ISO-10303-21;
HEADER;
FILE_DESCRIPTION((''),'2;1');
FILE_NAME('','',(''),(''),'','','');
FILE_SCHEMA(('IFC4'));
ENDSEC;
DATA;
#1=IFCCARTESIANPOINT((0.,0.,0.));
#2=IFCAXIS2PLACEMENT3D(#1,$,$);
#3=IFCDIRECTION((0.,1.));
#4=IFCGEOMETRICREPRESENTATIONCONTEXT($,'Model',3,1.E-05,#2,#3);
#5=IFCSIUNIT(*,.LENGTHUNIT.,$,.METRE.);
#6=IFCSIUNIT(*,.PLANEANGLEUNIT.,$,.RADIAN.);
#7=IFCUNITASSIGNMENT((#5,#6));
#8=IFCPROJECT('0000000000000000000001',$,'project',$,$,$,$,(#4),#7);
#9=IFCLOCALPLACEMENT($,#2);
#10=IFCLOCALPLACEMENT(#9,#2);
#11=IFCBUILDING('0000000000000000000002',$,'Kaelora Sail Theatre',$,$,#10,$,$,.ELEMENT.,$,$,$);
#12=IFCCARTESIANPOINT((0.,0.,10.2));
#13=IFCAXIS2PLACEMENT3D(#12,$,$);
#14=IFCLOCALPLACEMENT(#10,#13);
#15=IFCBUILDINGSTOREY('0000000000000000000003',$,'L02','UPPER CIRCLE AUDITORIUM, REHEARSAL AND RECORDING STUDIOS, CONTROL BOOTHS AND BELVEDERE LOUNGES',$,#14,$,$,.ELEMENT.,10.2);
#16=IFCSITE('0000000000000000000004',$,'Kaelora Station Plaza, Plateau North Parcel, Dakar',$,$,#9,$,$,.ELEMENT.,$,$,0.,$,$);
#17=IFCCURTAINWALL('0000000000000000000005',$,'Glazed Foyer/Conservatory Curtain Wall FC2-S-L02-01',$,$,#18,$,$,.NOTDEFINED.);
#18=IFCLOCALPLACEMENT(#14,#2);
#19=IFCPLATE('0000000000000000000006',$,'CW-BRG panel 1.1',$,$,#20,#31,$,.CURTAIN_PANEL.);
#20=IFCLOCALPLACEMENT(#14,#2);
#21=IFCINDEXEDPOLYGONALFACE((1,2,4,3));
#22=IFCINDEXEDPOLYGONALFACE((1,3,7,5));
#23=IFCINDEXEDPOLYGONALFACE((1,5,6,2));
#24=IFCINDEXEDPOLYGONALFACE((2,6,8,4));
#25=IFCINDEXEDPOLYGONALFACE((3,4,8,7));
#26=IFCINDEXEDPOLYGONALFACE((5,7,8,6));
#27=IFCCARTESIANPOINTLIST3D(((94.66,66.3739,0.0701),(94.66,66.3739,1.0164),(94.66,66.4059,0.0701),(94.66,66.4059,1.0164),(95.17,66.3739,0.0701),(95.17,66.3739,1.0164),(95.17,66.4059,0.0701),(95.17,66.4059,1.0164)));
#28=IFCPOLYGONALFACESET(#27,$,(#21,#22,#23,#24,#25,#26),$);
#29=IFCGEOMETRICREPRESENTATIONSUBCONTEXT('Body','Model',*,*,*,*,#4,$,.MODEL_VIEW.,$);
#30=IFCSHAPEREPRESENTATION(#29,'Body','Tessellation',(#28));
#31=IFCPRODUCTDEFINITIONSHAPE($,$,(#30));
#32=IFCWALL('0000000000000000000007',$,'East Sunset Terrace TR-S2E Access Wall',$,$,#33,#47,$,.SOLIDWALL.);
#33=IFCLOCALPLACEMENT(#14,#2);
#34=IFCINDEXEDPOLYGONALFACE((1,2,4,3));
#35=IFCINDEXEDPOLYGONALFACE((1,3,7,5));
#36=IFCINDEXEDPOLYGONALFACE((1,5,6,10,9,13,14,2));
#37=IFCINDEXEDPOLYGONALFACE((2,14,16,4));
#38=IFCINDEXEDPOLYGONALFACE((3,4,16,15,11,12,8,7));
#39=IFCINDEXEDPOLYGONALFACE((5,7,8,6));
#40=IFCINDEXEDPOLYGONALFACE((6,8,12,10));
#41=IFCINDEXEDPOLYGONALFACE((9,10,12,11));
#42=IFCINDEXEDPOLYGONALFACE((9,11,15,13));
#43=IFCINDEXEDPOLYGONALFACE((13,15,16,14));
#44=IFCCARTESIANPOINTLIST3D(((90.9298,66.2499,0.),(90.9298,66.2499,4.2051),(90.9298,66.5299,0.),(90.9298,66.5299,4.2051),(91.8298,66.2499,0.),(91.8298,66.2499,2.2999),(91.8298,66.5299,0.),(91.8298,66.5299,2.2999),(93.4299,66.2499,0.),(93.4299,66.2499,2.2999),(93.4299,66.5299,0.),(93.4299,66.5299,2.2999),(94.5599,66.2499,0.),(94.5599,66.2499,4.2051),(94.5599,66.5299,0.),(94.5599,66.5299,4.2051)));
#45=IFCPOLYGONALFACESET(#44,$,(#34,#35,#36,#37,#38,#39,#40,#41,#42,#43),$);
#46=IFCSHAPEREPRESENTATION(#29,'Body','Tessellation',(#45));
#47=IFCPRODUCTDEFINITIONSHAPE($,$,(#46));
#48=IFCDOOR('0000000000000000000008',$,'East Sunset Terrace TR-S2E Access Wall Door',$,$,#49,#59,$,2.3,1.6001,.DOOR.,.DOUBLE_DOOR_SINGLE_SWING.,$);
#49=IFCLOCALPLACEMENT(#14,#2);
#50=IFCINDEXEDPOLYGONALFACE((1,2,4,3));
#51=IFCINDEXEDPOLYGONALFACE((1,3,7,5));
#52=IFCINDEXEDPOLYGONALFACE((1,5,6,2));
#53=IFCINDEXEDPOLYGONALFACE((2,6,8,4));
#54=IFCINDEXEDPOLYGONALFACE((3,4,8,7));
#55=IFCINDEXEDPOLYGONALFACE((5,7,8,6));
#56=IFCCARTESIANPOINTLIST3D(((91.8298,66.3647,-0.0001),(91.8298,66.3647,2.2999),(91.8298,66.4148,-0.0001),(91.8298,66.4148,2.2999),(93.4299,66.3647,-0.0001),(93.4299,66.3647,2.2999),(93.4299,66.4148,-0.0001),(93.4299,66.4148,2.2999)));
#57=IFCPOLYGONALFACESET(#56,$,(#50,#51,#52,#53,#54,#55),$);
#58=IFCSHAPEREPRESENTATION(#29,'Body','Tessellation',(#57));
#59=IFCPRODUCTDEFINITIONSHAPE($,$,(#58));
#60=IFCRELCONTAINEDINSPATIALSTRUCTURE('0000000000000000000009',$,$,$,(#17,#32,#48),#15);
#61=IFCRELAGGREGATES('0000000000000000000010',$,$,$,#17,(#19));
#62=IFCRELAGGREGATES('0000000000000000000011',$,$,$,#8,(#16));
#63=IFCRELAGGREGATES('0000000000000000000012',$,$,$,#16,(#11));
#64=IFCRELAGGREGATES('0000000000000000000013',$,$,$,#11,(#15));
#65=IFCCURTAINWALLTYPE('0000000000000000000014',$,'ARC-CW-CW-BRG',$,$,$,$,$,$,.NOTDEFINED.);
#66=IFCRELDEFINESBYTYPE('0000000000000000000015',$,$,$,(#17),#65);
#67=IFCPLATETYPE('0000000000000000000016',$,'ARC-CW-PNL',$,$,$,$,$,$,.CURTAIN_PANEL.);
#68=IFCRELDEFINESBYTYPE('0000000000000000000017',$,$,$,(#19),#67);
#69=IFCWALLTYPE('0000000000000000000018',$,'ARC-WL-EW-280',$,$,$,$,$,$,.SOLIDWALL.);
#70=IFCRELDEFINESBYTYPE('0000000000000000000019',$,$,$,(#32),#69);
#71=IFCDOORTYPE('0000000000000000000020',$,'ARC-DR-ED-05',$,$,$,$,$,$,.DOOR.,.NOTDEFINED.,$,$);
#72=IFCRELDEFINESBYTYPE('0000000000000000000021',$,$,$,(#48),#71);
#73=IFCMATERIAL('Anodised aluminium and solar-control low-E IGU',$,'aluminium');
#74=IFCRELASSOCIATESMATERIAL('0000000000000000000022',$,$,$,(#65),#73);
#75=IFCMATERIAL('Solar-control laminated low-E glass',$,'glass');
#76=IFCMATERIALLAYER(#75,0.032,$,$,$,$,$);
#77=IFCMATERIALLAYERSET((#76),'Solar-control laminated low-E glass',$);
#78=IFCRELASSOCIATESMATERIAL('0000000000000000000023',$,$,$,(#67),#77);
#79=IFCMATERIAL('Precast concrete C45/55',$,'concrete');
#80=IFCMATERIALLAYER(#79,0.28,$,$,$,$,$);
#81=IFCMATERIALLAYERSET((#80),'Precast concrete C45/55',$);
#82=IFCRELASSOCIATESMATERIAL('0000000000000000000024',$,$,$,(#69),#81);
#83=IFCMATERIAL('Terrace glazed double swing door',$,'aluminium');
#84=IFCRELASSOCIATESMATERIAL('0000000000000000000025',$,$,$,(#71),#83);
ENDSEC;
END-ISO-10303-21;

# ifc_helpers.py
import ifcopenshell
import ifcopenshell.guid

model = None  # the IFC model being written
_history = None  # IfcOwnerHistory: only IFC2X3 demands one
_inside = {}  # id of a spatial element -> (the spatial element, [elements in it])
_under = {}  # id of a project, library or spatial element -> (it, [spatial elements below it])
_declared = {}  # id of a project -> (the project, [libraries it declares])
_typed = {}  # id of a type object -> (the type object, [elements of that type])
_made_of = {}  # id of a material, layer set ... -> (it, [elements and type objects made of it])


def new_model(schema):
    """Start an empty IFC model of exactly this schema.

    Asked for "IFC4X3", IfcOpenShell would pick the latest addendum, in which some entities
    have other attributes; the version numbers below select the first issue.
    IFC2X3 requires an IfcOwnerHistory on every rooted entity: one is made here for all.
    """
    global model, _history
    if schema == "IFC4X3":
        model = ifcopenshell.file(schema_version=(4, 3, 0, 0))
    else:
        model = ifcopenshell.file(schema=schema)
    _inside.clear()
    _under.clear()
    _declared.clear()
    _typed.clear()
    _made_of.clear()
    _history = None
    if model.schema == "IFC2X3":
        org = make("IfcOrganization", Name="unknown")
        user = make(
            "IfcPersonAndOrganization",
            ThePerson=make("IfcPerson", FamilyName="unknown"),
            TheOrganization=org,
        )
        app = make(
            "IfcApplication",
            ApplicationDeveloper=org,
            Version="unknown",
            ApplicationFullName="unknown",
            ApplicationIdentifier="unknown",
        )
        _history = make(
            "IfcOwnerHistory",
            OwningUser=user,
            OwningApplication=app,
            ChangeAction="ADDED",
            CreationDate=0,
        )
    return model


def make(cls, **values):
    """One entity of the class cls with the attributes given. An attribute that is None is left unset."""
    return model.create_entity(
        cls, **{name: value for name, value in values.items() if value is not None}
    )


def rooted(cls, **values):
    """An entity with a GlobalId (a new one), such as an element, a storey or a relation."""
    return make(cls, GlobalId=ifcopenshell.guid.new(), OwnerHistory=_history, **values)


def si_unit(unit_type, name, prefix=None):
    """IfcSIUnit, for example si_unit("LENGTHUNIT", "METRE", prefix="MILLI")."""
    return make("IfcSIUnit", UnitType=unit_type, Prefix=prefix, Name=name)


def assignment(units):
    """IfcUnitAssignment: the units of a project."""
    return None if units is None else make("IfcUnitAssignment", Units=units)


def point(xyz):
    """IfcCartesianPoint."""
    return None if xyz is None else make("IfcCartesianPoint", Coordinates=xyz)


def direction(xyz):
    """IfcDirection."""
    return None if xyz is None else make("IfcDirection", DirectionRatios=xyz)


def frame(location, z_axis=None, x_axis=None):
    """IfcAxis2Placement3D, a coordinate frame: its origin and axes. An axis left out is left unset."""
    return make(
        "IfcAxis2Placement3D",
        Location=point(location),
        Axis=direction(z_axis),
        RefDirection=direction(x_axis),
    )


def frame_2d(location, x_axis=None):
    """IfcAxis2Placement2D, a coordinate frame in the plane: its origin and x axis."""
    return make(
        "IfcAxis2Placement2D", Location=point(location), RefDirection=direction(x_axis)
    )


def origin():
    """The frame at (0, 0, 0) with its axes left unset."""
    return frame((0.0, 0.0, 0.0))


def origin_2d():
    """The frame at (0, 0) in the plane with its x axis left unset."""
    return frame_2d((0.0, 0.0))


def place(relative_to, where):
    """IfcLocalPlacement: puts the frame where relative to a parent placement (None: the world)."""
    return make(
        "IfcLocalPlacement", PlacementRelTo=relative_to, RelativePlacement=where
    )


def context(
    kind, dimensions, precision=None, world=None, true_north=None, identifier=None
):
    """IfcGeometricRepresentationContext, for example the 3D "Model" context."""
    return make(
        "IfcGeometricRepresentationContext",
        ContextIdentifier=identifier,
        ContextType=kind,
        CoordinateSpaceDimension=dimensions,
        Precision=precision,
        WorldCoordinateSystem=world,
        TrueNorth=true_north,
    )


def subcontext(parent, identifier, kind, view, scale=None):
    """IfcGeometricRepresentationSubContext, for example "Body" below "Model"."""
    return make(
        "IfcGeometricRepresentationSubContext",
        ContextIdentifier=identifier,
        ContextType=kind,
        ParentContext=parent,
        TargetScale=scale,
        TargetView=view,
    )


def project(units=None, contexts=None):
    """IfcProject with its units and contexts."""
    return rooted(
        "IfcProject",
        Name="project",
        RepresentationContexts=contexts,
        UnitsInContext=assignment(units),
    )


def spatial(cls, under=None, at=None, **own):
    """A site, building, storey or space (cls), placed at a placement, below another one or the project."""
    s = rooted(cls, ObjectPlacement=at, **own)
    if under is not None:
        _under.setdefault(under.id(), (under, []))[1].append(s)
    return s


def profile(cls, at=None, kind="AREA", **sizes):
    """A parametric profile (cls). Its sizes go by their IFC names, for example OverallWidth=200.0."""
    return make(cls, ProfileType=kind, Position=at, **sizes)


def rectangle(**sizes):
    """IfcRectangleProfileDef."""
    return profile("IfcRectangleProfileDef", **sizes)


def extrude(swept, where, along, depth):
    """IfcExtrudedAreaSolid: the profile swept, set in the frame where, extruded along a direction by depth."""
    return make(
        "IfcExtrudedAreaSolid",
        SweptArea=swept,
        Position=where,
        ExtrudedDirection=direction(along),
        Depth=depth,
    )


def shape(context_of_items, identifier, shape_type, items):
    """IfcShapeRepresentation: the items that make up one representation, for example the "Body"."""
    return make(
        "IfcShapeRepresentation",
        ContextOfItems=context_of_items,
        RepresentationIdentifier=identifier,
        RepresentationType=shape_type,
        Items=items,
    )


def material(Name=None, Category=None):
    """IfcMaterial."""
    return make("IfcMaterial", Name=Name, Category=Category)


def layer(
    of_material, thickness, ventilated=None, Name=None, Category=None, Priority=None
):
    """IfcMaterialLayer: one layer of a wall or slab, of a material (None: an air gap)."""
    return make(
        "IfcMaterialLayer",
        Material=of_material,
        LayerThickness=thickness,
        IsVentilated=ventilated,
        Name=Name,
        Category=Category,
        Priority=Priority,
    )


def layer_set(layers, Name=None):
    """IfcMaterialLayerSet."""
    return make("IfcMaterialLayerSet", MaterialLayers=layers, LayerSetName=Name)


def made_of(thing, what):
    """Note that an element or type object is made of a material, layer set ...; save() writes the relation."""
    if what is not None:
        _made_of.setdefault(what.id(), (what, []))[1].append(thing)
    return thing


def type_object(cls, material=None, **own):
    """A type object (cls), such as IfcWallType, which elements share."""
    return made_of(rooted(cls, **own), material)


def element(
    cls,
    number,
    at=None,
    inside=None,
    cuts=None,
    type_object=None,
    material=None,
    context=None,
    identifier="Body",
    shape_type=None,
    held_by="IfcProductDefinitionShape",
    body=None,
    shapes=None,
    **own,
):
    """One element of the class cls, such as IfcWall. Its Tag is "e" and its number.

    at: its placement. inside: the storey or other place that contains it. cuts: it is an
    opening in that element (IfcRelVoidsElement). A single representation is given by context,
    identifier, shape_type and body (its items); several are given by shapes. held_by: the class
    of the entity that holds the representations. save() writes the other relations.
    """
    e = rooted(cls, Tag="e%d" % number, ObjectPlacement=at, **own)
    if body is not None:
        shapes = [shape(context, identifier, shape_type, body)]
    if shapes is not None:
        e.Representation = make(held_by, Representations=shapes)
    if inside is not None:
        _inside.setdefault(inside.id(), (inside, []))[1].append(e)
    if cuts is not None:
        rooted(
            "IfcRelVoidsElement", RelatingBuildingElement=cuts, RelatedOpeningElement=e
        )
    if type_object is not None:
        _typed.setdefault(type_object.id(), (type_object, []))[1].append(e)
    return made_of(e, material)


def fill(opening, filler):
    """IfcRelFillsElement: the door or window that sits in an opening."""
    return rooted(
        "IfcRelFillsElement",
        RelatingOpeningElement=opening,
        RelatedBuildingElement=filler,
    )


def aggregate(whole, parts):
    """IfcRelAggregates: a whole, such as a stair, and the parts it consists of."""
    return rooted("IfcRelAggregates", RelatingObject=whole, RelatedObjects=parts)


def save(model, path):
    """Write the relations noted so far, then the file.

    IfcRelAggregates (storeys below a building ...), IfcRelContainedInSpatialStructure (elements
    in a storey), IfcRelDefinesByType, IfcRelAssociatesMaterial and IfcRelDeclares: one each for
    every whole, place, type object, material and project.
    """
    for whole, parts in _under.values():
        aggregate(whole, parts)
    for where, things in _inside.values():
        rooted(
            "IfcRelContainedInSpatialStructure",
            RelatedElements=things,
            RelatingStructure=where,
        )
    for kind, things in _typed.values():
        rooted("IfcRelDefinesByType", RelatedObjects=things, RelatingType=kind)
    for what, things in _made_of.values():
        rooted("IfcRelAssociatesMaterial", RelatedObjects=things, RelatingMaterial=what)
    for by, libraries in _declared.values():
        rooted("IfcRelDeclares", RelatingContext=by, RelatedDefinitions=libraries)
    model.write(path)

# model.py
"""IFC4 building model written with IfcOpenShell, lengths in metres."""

from ifc_helpers import new_model, si_unit, direction, frame, frame_2d, origin, origin_2d, place, context, subcontext, project, spatial, rectangle, extrude, material, layer, layer_set, type_object, element, fill, aggregate, save


model = new_model("IFC4")

# Units and contexts
model_context = context("Model", 3, precision=1e-05, world=origin(), true_north=direction((0.0, 1.0)))
body_context = subcontext(model_context, "Body", "Model", "MODEL_VIEW")
ifc_project = project(units=[si_unit("LENGTHUNIT", "METRE"), si_unit("PLANEANGLEUNIT", "RADIAN")], contexts=[model_context])

# Site, building, storey
site_placement = place(None, origin())
site = spatial("IfcSite", under=ifc_project, at=site_placement, Name="Kaelora Station Plaza, Plateau North Parcel, Dakar", CompositionType="ELEMENT", RefElevation=0.0)
building_placement = place(site_placement, origin())
building = spatial("IfcBuilding", under=site, at=building_placement, Name="Kaelora Sail Theatre", CompositionType="ELEMENT")
storey_placement = place(building_placement, frame((0.0, 0.0, 10.2)))
storey = spatial("IfcBuildingStorey", under=building, at=storey_placement, Name="L02", Description="UPPER CIRCLE AUDITORIUM, REHEARSAL AND RECORDING STUDIOS, CONTROL BOOTHS AND BELVEDERE LOUNGES", CompositionType="ELEMENT", Elevation=10.2)

# Shared definitions
ifc_material_1 = material(Name="Anodised aluminium and solar-control low-E IGU", Category="aluminium")
curtain_wall_type = type_object("IfcCurtainWallType", Name="ARC-CW-CW-BRG", PredefinedType="NOTDEFINED", material=ifc_material_1)

# Curtain wall
curtain_wall_1_placement = place(storey_placement, origin())
curtain_wall_1 = element("IfcCurtainWall", 1, at=curtain_wall_1_placement, inside=storey, type_object=curtain_wall_type, Name="Glazed Foyer/Conservatory Curtain Wall FC2-S-L02-01", PredefinedType="NOTDEFINED")

# Plate
ifc_material_2 = material(Name="Solar-control laminated low-E glass", Category="glass")
ifc_layer_1 = layer(ifc_material_2, 0.032)
ifc_layer_set_1 = layer_set([ifc_layer_1], Name="Solar-control laminated low-E glass")
plate_type = type_object("IfcPlateType", Name="ARC-CW-PNL", PredefinedType="CURTAIN_PANEL", material=ifc_layer_set_1)
plate_1_placement = place(storey_placement, frame((94.915, 66.3899, 0.0701), z_axis=(0.0, 0.0, 1.0), x_axis=(1.0, 0.0, 0.0)))
plate_1 = element("IfcPlate", 2, at=plate_1_placement, type_object=plate_type, Name="CW-BRG panel 1.1", PredefinedType="CURTAIN_PANEL", context=body_context, shape_type="SweptSolid", body=[
    extrude(rectangle(XDim=0.51, YDim=0.032, at=origin_2d()), origin(), (0.0, 0.0, 1.0), 0.9463),
])
aggregate(curtain_wall_1, [plate_1])

# Wall, opening, door
ifc_material_3 = material(Name="Precast concrete C45/55", Category="concrete")
ifc_layer_2 = layer(ifc_material_3, 0.28)
ifc_layer_set_2 = layer_set([ifc_layer_2], Name="Precast concrete C45/55")
wall_type = type_object("IfcWallType", Name="ARC-WL-EW-280", PredefinedType="SOLIDWALL", material=ifc_layer_set_2)
wall_placement = place(storey_placement, frame((90.9299, 66.3899, 0.0), z_axis=(0.0, 0.0, 1.0), x_axis=(1.0, 0.0, 0.0)))
wall = element("IfcWall", 3, at=wall_placement, inside=storey, type_object=wall_type, Name="East Sunset Terrace TR-S2E Access Wall", PredefinedType="SOLIDWALL", context=body_context, shape_type="SweptSolid", body=[
    extrude(rectangle(XDim=3.6301, YDim=0.28, at=frame_2d((1.8149, 0.0))), origin(), (0.0, 0.0, 1.0), 4.2051),
])
opening_placement = place(wall_placement, frame((0.8999, 0.0, 0.0)))
opening = element("IfcOpeningElement", 4, at=opening_placement, cuts=wall, PredefinedType="OPENING", context=body_context, shape_type="SweptSolid", body=[
    extrude(rectangle(XDim=1.6001, YDim=2.3, at=frame_2d((0.8, 1.1499))), frame((0.0, 0.1501, 0.0), z_axis=(0.0, -1.0, 0.0), x_axis=(1.0, 0.0, 0.0)), (0.0, 0.0, 1.0), 0.3),
])
ifc_material_4 = material(Name="Terrace glazed double swing door", Category="aluminium")
door_type = type_object("IfcDoorType", Name="ARC-DR-ED-05", OperationType="NOTDEFINED", PredefinedType="DOOR", material=ifc_material_4)
door_placement = place(opening_placement, origin())
door = element("IfcDoor", 5, at=door_placement, inside=storey, type_object=door_type, Name="East Sunset Terrace TR-S2E Access Wall Door", OperationType="DOUBLE_DOOR_SINGLE_SWING", OverallHeight=2.3, OverallWidth=1.6001, PredefinedType="DOOR", context=body_context, shape_type="SweptSolid", body=[
    extrude(rectangle(XDim=1.6001, YDim=2.3, at=frame_2d((0.8, 1.1499))), frame((0.0, 0.0249, 0.0), z_axis=(0.0, -1.0, 0.0), x_axis=(1.0, 0.0, 0.0)), (0.0, 0.0, 1.0), 0.05),
])
fill(opening, door)

save(model, "model.ifc")
